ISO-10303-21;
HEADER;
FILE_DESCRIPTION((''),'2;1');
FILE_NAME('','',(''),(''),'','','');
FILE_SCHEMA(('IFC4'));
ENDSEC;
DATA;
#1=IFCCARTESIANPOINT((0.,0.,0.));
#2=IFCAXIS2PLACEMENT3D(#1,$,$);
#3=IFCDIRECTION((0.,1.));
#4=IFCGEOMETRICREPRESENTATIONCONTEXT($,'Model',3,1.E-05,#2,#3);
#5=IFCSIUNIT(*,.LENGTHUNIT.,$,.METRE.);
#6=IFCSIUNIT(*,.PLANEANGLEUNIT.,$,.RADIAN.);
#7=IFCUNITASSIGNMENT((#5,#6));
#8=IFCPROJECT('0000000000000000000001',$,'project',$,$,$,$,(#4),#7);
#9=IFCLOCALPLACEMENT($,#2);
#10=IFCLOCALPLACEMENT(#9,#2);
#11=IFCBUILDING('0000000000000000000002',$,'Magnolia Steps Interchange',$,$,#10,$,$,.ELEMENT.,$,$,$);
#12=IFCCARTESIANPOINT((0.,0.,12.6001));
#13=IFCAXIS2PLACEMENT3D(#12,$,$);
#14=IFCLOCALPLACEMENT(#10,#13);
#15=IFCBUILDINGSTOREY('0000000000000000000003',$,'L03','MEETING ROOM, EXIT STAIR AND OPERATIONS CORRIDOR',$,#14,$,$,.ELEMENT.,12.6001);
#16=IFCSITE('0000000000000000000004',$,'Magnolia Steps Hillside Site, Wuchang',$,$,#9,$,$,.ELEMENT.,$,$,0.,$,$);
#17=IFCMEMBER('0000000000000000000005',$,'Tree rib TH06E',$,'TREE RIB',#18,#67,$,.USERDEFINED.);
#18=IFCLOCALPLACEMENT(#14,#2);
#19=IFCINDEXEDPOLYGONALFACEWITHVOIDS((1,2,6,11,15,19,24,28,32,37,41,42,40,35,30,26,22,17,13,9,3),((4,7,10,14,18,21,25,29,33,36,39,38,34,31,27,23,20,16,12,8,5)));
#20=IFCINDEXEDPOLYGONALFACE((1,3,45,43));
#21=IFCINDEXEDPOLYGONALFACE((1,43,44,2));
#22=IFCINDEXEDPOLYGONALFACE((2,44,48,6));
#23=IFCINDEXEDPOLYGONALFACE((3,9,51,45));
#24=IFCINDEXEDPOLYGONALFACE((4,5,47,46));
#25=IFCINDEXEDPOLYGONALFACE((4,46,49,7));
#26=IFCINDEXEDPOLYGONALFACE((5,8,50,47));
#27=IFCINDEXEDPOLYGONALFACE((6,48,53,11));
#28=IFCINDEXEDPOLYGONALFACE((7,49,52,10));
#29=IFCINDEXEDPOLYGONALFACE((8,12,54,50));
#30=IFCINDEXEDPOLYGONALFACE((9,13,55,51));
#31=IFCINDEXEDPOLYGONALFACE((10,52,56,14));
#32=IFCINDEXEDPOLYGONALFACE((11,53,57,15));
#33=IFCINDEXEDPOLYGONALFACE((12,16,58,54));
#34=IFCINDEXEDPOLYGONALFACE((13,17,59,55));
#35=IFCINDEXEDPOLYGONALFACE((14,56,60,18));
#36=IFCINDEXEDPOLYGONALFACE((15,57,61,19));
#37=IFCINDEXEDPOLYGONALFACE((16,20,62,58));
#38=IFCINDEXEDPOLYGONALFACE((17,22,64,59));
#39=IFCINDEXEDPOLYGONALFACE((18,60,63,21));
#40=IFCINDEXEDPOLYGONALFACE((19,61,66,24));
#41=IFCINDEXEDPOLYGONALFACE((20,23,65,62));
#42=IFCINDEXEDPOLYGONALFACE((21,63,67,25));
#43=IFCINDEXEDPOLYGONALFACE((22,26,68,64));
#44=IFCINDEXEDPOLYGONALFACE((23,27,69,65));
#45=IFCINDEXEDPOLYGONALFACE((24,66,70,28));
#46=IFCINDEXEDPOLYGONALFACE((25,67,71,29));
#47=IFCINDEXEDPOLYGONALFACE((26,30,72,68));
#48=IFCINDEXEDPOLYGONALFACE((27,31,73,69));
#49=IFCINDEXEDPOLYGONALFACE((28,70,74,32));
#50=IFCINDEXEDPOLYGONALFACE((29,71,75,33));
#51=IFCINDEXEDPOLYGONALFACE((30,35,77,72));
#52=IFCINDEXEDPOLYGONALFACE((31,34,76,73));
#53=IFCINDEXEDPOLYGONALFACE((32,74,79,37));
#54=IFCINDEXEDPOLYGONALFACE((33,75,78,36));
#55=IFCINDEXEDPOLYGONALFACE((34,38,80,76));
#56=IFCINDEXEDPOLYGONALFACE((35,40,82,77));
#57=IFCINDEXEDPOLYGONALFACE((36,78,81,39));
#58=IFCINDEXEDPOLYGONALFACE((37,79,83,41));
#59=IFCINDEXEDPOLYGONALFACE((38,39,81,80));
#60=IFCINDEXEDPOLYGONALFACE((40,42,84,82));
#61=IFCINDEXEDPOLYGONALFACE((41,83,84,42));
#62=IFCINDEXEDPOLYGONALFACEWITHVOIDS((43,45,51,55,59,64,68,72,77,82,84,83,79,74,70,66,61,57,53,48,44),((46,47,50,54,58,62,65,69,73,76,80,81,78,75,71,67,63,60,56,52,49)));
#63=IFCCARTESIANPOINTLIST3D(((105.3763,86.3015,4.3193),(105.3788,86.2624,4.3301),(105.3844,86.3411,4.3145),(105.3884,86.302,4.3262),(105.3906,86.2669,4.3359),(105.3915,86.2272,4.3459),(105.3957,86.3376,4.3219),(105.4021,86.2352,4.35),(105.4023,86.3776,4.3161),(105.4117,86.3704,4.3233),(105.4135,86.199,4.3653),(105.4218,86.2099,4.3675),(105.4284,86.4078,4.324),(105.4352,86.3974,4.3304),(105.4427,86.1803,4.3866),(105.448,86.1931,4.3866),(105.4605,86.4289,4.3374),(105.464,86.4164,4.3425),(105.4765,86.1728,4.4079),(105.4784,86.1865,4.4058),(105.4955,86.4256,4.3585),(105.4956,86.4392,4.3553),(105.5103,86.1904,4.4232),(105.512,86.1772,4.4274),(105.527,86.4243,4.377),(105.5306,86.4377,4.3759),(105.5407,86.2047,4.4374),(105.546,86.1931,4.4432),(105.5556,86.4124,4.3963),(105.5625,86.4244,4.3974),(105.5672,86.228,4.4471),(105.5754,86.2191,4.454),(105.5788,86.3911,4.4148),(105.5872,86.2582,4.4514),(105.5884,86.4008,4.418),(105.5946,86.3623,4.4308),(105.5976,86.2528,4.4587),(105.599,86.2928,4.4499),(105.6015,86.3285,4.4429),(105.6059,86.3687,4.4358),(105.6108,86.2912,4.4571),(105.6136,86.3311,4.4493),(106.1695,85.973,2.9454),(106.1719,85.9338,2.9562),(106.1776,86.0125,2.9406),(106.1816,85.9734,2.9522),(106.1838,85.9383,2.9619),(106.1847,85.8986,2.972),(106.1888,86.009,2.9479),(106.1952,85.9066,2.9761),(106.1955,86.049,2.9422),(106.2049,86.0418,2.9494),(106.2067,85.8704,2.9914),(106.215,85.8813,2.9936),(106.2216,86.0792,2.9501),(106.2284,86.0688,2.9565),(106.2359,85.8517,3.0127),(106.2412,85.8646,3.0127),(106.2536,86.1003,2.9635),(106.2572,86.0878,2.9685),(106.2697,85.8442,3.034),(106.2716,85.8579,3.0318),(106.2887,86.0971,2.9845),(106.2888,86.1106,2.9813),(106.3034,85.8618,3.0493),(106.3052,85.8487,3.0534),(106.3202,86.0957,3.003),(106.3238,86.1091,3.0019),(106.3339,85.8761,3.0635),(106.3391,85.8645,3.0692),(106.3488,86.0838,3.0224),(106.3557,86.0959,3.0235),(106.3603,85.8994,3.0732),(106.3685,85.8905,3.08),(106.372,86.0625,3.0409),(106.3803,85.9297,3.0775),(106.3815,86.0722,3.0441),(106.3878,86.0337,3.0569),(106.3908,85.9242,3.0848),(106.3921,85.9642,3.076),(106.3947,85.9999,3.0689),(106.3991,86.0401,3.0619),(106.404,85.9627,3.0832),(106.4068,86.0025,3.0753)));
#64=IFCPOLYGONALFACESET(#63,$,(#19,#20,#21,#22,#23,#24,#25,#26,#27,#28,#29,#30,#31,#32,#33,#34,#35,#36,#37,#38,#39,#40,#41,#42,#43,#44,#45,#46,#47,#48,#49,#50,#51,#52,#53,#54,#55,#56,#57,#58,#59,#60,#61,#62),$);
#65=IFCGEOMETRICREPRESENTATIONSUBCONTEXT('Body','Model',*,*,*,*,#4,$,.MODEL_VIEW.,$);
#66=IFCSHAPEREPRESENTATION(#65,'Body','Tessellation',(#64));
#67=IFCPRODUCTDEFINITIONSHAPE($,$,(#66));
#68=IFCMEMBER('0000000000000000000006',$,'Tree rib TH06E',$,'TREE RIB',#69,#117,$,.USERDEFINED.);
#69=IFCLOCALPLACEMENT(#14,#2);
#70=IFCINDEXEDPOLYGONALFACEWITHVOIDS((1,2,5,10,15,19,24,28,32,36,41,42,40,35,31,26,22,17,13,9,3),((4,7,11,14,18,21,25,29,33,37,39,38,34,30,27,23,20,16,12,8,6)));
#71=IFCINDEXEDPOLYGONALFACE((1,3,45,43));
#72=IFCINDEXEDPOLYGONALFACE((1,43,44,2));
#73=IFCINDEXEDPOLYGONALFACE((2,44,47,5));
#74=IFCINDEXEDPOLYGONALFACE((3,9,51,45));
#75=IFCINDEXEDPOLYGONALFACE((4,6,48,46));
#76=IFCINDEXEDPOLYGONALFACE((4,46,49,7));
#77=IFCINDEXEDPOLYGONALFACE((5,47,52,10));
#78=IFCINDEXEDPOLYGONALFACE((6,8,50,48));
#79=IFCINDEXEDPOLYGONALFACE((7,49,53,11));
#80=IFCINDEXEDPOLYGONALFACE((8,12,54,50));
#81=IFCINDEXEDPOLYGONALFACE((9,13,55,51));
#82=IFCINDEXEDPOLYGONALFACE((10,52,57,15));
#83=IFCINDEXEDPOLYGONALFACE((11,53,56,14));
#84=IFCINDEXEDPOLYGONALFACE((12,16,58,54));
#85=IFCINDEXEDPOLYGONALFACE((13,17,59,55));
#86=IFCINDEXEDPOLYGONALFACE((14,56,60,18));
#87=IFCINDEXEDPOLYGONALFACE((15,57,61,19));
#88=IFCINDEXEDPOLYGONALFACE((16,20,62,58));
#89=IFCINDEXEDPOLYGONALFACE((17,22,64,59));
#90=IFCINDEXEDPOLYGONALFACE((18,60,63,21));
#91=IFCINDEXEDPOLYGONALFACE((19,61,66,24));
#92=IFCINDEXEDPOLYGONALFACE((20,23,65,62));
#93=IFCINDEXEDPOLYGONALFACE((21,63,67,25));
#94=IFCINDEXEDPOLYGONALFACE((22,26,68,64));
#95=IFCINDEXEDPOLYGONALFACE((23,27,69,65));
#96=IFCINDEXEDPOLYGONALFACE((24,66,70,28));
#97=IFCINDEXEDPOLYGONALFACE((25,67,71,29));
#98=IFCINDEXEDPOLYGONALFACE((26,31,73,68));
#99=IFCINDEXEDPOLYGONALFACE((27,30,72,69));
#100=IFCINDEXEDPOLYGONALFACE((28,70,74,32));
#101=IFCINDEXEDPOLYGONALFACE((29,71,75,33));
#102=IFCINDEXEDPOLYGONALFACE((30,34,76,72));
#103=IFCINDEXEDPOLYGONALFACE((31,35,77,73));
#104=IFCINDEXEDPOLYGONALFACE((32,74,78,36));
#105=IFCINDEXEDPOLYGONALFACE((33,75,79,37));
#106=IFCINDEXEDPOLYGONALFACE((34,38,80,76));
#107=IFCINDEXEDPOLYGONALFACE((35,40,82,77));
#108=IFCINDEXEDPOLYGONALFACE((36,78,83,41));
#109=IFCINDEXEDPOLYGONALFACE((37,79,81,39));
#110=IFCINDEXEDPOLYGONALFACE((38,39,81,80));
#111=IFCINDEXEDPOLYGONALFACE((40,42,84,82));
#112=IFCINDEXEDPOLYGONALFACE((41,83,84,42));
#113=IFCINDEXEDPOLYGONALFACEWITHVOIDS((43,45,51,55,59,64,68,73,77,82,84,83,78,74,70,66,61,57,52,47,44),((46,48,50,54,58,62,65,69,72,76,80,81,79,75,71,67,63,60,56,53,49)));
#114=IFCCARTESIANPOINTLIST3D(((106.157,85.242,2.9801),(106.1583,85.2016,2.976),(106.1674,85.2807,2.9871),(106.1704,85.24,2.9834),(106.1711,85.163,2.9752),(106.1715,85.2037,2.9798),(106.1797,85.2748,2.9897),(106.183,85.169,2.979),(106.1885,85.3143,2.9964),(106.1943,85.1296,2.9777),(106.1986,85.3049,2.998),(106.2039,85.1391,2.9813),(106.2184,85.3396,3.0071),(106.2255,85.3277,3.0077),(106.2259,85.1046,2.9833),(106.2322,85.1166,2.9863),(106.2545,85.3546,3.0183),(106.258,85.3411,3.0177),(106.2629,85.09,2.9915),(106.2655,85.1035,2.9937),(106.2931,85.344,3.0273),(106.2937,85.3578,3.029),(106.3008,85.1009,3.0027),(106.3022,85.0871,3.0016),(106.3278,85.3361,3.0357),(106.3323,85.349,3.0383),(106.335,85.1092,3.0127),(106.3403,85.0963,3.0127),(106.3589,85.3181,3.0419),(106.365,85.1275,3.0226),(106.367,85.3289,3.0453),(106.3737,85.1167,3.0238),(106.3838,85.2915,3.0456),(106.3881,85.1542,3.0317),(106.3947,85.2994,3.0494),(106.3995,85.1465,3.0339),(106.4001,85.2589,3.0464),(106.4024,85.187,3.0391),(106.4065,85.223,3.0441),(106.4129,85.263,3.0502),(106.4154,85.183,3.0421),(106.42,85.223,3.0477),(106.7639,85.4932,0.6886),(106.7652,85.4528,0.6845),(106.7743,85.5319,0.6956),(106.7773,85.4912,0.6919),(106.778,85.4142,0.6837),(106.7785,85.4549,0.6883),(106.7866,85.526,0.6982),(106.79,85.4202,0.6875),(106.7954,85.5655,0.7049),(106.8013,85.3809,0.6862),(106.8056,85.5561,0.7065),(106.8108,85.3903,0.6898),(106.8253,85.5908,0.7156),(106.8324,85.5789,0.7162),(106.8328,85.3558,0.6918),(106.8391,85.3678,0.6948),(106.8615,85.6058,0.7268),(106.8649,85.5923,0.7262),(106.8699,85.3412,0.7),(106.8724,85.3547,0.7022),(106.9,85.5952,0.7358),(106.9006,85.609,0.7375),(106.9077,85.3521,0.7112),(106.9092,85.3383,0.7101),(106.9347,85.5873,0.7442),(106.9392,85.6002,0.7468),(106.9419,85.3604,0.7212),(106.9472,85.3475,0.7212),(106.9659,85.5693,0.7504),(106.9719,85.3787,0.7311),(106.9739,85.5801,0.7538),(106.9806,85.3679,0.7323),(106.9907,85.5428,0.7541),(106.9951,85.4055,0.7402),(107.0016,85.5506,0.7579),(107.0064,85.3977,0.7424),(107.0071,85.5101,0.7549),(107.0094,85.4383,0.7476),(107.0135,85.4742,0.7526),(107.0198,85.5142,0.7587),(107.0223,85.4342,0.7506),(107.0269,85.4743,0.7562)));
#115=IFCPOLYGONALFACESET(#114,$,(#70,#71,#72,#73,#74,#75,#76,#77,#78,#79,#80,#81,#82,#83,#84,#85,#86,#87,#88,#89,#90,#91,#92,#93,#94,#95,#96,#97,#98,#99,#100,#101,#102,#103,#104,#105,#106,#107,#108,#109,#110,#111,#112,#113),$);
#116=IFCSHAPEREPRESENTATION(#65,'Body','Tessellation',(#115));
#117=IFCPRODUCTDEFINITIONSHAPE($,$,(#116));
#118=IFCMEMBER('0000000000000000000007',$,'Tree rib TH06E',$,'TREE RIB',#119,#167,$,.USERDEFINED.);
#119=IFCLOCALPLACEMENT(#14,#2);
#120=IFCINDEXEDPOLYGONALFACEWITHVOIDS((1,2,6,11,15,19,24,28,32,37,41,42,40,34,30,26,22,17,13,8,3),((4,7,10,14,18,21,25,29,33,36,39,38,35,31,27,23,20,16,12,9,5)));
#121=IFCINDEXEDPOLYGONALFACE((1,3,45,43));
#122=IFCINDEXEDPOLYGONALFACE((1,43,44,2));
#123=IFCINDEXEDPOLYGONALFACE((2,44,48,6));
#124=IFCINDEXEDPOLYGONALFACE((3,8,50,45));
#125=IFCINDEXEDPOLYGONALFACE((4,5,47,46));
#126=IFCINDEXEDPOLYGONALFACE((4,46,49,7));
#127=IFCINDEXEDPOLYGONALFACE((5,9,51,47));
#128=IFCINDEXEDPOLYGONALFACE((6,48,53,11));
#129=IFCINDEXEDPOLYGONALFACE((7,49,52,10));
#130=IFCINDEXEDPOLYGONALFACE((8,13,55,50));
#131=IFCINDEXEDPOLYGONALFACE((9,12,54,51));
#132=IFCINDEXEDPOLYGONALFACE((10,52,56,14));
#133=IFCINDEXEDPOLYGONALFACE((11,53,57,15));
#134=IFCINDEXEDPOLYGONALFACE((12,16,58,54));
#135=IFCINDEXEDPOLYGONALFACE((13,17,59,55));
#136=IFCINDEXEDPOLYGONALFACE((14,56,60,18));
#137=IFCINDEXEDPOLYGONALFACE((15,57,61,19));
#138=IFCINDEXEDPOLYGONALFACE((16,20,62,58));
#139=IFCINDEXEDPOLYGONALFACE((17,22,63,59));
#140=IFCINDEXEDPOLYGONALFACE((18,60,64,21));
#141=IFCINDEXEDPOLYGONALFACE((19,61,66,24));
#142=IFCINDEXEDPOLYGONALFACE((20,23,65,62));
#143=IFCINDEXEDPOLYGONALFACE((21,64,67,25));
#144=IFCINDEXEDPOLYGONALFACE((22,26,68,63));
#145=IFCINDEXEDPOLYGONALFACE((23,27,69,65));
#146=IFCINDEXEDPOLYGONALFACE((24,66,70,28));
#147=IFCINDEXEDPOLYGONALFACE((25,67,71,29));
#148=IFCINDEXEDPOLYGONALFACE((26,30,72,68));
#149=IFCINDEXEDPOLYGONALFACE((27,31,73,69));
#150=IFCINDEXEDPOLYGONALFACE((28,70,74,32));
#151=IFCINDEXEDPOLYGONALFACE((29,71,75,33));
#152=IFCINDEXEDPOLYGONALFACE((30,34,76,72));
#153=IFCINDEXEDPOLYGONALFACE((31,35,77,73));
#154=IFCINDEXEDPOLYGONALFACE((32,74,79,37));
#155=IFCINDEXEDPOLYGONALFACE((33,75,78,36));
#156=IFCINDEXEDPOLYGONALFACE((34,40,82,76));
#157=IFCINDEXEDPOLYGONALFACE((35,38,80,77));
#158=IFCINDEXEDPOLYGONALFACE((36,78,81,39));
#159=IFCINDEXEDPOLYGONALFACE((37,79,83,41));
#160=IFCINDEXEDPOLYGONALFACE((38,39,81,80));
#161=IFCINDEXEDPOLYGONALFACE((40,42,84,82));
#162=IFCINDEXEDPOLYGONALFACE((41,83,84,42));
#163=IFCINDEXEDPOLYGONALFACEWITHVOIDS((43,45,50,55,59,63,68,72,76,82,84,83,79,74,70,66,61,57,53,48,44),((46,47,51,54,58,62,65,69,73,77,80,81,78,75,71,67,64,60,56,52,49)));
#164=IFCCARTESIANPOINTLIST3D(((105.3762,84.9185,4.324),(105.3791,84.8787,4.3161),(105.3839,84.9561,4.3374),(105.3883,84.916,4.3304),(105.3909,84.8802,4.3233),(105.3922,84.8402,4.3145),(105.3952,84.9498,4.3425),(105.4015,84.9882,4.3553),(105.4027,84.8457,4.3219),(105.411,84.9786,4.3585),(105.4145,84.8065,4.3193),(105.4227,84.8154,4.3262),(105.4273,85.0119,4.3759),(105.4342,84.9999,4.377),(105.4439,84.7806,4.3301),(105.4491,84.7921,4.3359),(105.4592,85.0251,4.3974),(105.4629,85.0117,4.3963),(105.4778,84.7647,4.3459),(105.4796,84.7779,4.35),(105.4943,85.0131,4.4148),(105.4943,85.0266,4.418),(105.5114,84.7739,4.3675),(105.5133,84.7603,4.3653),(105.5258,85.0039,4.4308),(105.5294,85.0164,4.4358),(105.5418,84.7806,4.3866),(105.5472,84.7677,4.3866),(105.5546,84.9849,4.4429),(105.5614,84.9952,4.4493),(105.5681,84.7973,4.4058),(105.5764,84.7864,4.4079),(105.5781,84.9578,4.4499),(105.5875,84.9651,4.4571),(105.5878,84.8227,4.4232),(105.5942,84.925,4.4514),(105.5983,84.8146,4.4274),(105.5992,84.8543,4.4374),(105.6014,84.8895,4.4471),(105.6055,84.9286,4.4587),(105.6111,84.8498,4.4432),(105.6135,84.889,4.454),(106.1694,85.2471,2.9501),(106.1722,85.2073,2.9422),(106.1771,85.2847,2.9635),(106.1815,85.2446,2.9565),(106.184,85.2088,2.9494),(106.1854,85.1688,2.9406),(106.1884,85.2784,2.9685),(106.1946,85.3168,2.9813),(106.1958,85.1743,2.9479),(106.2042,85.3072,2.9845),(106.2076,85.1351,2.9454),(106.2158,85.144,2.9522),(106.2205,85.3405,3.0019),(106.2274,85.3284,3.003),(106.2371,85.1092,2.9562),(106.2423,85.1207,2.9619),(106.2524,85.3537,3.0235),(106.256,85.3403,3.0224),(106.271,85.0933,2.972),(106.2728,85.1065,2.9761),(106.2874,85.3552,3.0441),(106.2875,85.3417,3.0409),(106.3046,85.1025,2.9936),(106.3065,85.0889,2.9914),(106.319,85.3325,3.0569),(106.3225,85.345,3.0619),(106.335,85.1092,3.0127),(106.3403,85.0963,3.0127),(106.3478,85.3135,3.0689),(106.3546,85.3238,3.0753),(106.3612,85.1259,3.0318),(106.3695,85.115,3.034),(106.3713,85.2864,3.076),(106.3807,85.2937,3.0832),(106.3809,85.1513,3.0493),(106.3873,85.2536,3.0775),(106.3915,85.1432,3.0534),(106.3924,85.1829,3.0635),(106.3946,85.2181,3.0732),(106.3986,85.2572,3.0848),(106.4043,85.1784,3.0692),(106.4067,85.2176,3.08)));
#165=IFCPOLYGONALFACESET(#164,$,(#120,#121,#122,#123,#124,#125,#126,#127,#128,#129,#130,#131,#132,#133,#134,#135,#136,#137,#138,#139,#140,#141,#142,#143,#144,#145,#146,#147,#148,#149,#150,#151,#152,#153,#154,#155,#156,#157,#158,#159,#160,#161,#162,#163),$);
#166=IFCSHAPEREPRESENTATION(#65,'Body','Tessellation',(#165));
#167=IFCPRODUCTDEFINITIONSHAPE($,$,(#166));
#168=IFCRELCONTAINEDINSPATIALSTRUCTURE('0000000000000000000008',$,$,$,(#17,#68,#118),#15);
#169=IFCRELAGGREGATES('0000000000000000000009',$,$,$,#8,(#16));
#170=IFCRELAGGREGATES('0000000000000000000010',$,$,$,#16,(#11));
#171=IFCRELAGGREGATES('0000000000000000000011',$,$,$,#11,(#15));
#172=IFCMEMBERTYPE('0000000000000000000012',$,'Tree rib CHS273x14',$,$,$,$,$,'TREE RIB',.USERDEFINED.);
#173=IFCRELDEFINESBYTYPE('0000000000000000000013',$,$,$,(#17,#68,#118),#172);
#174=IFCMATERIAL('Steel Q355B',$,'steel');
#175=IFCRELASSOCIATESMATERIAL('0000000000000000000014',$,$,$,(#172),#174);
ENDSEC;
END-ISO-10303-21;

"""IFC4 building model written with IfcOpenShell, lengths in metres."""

from ifc_helpers import new_model, si_unit, direction, frame, origin, origin_2d, place, context, subcontext, project, spatial, hollow_circle, extrude, material, material_profile, profile_set, type_object, element, save


model = new_model("IFC4")

# Units and contexts
model_context = context("Model", 3, precision=1e-05, world=origin(), true_north=direction((0.0, 1.0)))
body_context = subcontext(model_context, "Body", "Model", "MODEL_VIEW")
ifc_project = project(units=[si_unit("LENGTHUNIT", "METRE"), si_unit("PLANEANGLEUNIT", "RADIAN")], contexts=[model_context])

# Site, building, storey
site_placement = place(None, origin())
site = spatial("IfcSite", under=ifc_project, at=site_placement, Name="Magnolia Steps Hillside Site, Wuchang", CompositionType="ELEMENT", RefElevation=0.0)
building_placement = place(site_placement, origin())
building = spatial("IfcBuilding", under=site, at=building_placement, Name="Magnolia Steps Interchange", CompositionType="ELEMENT")
storey_placement = place(building_placement, frame((0.0, 0.0, 12.6001)))
storey = spatial("IfcBuildingStorey", under=building, at=storey_placement, Name="L03", Description="MEETING ROOM, EXIT STAIR AND OPERATIONS CORRIDOR", CompositionType="ELEMENT", Elevation=12.6001)

# Members
ifc_material_1 = material(Name="Steel Q355B", Category="steel")
ifc_material_profile_1 = material_profile(ifc_material_1, hollow_circle(Radius=0.1365, WallThickness=0.0139, at=origin_2d()), Name="CHS273x14")
ifc_profile_set_1 = profile_set([ifc_material_profile_1], Name="Steel Q355B")
member_type_1 = type_object("IfcMemberType", Name="Tree rib CHS273x14", ElementType="TREE RIB", PredefinedType="USERDEFINED", material=ifc_profile_set_1)
member_1_placement = place(storey_placement, frame((106.2881, 85.9778, 3.0127), z_axis=(-0.489571, 0.20282, 0.848047), x_axis=(-0.382737, -0.923857, 0.0)))
element("IfcMember", 1, at=member_1_placement, inside=storey, type_object=member_type_1, Name="Tree rib TH06E", ObjectType="TREE RIB", PredefinedType="USERDEFINED", context=body_context, shape_type="SweptSolid", body=[
    extrude(hollow_circle(Radius=0.1365, WallThickness=0.0139, at=origin_2d()), origin(), (0.0, 0.0, 1.0), 1.6201),
])
member_2_placement = place(storey_placement, frame((106.895, 85.4736, 0.7212), z_axis=(-0.254608, -0.105387, 0.961285), x_axis=(0.38245, -0.923976, 0.0)))
element("IfcMember", 2, at=member_2_placement, inside=storey, type_object=member_type_1, Name="Tree rib TH06E", ObjectType="TREE RIB", PredefinedType="USERDEFINED", context=body_context, shape_type="SweptSolid", body=[
    extrude(hollow_circle(Radius=0.1365, WallThickness=0.0139, at=origin_2d()), origin(), (0.0, 0.0, 1.0), 2.3838),
])
member_3_placement = place(storey_placement, frame((106.2881, 85.2224, 3.0127), z_axis=(-0.489571, -0.20282, 0.848047), x_axis=(0.382737, -0.923857, 0.0)))
element("IfcMember", 3, at=member_3_placement, inside=storey, type_object=member_type_1, Name="Tree rib TH06E", ObjectType="TREE RIB", PredefinedType="USERDEFINED", context=body_context, shape_type="SweptSolid", body=[
    extrude(hollow_circle(Radius=0.1365, WallThickness=0.0139, at=origin_2d()), origin(), (0.0, 0.0, 1.0), 1.6201),
])

save(model, "model.ifc")
